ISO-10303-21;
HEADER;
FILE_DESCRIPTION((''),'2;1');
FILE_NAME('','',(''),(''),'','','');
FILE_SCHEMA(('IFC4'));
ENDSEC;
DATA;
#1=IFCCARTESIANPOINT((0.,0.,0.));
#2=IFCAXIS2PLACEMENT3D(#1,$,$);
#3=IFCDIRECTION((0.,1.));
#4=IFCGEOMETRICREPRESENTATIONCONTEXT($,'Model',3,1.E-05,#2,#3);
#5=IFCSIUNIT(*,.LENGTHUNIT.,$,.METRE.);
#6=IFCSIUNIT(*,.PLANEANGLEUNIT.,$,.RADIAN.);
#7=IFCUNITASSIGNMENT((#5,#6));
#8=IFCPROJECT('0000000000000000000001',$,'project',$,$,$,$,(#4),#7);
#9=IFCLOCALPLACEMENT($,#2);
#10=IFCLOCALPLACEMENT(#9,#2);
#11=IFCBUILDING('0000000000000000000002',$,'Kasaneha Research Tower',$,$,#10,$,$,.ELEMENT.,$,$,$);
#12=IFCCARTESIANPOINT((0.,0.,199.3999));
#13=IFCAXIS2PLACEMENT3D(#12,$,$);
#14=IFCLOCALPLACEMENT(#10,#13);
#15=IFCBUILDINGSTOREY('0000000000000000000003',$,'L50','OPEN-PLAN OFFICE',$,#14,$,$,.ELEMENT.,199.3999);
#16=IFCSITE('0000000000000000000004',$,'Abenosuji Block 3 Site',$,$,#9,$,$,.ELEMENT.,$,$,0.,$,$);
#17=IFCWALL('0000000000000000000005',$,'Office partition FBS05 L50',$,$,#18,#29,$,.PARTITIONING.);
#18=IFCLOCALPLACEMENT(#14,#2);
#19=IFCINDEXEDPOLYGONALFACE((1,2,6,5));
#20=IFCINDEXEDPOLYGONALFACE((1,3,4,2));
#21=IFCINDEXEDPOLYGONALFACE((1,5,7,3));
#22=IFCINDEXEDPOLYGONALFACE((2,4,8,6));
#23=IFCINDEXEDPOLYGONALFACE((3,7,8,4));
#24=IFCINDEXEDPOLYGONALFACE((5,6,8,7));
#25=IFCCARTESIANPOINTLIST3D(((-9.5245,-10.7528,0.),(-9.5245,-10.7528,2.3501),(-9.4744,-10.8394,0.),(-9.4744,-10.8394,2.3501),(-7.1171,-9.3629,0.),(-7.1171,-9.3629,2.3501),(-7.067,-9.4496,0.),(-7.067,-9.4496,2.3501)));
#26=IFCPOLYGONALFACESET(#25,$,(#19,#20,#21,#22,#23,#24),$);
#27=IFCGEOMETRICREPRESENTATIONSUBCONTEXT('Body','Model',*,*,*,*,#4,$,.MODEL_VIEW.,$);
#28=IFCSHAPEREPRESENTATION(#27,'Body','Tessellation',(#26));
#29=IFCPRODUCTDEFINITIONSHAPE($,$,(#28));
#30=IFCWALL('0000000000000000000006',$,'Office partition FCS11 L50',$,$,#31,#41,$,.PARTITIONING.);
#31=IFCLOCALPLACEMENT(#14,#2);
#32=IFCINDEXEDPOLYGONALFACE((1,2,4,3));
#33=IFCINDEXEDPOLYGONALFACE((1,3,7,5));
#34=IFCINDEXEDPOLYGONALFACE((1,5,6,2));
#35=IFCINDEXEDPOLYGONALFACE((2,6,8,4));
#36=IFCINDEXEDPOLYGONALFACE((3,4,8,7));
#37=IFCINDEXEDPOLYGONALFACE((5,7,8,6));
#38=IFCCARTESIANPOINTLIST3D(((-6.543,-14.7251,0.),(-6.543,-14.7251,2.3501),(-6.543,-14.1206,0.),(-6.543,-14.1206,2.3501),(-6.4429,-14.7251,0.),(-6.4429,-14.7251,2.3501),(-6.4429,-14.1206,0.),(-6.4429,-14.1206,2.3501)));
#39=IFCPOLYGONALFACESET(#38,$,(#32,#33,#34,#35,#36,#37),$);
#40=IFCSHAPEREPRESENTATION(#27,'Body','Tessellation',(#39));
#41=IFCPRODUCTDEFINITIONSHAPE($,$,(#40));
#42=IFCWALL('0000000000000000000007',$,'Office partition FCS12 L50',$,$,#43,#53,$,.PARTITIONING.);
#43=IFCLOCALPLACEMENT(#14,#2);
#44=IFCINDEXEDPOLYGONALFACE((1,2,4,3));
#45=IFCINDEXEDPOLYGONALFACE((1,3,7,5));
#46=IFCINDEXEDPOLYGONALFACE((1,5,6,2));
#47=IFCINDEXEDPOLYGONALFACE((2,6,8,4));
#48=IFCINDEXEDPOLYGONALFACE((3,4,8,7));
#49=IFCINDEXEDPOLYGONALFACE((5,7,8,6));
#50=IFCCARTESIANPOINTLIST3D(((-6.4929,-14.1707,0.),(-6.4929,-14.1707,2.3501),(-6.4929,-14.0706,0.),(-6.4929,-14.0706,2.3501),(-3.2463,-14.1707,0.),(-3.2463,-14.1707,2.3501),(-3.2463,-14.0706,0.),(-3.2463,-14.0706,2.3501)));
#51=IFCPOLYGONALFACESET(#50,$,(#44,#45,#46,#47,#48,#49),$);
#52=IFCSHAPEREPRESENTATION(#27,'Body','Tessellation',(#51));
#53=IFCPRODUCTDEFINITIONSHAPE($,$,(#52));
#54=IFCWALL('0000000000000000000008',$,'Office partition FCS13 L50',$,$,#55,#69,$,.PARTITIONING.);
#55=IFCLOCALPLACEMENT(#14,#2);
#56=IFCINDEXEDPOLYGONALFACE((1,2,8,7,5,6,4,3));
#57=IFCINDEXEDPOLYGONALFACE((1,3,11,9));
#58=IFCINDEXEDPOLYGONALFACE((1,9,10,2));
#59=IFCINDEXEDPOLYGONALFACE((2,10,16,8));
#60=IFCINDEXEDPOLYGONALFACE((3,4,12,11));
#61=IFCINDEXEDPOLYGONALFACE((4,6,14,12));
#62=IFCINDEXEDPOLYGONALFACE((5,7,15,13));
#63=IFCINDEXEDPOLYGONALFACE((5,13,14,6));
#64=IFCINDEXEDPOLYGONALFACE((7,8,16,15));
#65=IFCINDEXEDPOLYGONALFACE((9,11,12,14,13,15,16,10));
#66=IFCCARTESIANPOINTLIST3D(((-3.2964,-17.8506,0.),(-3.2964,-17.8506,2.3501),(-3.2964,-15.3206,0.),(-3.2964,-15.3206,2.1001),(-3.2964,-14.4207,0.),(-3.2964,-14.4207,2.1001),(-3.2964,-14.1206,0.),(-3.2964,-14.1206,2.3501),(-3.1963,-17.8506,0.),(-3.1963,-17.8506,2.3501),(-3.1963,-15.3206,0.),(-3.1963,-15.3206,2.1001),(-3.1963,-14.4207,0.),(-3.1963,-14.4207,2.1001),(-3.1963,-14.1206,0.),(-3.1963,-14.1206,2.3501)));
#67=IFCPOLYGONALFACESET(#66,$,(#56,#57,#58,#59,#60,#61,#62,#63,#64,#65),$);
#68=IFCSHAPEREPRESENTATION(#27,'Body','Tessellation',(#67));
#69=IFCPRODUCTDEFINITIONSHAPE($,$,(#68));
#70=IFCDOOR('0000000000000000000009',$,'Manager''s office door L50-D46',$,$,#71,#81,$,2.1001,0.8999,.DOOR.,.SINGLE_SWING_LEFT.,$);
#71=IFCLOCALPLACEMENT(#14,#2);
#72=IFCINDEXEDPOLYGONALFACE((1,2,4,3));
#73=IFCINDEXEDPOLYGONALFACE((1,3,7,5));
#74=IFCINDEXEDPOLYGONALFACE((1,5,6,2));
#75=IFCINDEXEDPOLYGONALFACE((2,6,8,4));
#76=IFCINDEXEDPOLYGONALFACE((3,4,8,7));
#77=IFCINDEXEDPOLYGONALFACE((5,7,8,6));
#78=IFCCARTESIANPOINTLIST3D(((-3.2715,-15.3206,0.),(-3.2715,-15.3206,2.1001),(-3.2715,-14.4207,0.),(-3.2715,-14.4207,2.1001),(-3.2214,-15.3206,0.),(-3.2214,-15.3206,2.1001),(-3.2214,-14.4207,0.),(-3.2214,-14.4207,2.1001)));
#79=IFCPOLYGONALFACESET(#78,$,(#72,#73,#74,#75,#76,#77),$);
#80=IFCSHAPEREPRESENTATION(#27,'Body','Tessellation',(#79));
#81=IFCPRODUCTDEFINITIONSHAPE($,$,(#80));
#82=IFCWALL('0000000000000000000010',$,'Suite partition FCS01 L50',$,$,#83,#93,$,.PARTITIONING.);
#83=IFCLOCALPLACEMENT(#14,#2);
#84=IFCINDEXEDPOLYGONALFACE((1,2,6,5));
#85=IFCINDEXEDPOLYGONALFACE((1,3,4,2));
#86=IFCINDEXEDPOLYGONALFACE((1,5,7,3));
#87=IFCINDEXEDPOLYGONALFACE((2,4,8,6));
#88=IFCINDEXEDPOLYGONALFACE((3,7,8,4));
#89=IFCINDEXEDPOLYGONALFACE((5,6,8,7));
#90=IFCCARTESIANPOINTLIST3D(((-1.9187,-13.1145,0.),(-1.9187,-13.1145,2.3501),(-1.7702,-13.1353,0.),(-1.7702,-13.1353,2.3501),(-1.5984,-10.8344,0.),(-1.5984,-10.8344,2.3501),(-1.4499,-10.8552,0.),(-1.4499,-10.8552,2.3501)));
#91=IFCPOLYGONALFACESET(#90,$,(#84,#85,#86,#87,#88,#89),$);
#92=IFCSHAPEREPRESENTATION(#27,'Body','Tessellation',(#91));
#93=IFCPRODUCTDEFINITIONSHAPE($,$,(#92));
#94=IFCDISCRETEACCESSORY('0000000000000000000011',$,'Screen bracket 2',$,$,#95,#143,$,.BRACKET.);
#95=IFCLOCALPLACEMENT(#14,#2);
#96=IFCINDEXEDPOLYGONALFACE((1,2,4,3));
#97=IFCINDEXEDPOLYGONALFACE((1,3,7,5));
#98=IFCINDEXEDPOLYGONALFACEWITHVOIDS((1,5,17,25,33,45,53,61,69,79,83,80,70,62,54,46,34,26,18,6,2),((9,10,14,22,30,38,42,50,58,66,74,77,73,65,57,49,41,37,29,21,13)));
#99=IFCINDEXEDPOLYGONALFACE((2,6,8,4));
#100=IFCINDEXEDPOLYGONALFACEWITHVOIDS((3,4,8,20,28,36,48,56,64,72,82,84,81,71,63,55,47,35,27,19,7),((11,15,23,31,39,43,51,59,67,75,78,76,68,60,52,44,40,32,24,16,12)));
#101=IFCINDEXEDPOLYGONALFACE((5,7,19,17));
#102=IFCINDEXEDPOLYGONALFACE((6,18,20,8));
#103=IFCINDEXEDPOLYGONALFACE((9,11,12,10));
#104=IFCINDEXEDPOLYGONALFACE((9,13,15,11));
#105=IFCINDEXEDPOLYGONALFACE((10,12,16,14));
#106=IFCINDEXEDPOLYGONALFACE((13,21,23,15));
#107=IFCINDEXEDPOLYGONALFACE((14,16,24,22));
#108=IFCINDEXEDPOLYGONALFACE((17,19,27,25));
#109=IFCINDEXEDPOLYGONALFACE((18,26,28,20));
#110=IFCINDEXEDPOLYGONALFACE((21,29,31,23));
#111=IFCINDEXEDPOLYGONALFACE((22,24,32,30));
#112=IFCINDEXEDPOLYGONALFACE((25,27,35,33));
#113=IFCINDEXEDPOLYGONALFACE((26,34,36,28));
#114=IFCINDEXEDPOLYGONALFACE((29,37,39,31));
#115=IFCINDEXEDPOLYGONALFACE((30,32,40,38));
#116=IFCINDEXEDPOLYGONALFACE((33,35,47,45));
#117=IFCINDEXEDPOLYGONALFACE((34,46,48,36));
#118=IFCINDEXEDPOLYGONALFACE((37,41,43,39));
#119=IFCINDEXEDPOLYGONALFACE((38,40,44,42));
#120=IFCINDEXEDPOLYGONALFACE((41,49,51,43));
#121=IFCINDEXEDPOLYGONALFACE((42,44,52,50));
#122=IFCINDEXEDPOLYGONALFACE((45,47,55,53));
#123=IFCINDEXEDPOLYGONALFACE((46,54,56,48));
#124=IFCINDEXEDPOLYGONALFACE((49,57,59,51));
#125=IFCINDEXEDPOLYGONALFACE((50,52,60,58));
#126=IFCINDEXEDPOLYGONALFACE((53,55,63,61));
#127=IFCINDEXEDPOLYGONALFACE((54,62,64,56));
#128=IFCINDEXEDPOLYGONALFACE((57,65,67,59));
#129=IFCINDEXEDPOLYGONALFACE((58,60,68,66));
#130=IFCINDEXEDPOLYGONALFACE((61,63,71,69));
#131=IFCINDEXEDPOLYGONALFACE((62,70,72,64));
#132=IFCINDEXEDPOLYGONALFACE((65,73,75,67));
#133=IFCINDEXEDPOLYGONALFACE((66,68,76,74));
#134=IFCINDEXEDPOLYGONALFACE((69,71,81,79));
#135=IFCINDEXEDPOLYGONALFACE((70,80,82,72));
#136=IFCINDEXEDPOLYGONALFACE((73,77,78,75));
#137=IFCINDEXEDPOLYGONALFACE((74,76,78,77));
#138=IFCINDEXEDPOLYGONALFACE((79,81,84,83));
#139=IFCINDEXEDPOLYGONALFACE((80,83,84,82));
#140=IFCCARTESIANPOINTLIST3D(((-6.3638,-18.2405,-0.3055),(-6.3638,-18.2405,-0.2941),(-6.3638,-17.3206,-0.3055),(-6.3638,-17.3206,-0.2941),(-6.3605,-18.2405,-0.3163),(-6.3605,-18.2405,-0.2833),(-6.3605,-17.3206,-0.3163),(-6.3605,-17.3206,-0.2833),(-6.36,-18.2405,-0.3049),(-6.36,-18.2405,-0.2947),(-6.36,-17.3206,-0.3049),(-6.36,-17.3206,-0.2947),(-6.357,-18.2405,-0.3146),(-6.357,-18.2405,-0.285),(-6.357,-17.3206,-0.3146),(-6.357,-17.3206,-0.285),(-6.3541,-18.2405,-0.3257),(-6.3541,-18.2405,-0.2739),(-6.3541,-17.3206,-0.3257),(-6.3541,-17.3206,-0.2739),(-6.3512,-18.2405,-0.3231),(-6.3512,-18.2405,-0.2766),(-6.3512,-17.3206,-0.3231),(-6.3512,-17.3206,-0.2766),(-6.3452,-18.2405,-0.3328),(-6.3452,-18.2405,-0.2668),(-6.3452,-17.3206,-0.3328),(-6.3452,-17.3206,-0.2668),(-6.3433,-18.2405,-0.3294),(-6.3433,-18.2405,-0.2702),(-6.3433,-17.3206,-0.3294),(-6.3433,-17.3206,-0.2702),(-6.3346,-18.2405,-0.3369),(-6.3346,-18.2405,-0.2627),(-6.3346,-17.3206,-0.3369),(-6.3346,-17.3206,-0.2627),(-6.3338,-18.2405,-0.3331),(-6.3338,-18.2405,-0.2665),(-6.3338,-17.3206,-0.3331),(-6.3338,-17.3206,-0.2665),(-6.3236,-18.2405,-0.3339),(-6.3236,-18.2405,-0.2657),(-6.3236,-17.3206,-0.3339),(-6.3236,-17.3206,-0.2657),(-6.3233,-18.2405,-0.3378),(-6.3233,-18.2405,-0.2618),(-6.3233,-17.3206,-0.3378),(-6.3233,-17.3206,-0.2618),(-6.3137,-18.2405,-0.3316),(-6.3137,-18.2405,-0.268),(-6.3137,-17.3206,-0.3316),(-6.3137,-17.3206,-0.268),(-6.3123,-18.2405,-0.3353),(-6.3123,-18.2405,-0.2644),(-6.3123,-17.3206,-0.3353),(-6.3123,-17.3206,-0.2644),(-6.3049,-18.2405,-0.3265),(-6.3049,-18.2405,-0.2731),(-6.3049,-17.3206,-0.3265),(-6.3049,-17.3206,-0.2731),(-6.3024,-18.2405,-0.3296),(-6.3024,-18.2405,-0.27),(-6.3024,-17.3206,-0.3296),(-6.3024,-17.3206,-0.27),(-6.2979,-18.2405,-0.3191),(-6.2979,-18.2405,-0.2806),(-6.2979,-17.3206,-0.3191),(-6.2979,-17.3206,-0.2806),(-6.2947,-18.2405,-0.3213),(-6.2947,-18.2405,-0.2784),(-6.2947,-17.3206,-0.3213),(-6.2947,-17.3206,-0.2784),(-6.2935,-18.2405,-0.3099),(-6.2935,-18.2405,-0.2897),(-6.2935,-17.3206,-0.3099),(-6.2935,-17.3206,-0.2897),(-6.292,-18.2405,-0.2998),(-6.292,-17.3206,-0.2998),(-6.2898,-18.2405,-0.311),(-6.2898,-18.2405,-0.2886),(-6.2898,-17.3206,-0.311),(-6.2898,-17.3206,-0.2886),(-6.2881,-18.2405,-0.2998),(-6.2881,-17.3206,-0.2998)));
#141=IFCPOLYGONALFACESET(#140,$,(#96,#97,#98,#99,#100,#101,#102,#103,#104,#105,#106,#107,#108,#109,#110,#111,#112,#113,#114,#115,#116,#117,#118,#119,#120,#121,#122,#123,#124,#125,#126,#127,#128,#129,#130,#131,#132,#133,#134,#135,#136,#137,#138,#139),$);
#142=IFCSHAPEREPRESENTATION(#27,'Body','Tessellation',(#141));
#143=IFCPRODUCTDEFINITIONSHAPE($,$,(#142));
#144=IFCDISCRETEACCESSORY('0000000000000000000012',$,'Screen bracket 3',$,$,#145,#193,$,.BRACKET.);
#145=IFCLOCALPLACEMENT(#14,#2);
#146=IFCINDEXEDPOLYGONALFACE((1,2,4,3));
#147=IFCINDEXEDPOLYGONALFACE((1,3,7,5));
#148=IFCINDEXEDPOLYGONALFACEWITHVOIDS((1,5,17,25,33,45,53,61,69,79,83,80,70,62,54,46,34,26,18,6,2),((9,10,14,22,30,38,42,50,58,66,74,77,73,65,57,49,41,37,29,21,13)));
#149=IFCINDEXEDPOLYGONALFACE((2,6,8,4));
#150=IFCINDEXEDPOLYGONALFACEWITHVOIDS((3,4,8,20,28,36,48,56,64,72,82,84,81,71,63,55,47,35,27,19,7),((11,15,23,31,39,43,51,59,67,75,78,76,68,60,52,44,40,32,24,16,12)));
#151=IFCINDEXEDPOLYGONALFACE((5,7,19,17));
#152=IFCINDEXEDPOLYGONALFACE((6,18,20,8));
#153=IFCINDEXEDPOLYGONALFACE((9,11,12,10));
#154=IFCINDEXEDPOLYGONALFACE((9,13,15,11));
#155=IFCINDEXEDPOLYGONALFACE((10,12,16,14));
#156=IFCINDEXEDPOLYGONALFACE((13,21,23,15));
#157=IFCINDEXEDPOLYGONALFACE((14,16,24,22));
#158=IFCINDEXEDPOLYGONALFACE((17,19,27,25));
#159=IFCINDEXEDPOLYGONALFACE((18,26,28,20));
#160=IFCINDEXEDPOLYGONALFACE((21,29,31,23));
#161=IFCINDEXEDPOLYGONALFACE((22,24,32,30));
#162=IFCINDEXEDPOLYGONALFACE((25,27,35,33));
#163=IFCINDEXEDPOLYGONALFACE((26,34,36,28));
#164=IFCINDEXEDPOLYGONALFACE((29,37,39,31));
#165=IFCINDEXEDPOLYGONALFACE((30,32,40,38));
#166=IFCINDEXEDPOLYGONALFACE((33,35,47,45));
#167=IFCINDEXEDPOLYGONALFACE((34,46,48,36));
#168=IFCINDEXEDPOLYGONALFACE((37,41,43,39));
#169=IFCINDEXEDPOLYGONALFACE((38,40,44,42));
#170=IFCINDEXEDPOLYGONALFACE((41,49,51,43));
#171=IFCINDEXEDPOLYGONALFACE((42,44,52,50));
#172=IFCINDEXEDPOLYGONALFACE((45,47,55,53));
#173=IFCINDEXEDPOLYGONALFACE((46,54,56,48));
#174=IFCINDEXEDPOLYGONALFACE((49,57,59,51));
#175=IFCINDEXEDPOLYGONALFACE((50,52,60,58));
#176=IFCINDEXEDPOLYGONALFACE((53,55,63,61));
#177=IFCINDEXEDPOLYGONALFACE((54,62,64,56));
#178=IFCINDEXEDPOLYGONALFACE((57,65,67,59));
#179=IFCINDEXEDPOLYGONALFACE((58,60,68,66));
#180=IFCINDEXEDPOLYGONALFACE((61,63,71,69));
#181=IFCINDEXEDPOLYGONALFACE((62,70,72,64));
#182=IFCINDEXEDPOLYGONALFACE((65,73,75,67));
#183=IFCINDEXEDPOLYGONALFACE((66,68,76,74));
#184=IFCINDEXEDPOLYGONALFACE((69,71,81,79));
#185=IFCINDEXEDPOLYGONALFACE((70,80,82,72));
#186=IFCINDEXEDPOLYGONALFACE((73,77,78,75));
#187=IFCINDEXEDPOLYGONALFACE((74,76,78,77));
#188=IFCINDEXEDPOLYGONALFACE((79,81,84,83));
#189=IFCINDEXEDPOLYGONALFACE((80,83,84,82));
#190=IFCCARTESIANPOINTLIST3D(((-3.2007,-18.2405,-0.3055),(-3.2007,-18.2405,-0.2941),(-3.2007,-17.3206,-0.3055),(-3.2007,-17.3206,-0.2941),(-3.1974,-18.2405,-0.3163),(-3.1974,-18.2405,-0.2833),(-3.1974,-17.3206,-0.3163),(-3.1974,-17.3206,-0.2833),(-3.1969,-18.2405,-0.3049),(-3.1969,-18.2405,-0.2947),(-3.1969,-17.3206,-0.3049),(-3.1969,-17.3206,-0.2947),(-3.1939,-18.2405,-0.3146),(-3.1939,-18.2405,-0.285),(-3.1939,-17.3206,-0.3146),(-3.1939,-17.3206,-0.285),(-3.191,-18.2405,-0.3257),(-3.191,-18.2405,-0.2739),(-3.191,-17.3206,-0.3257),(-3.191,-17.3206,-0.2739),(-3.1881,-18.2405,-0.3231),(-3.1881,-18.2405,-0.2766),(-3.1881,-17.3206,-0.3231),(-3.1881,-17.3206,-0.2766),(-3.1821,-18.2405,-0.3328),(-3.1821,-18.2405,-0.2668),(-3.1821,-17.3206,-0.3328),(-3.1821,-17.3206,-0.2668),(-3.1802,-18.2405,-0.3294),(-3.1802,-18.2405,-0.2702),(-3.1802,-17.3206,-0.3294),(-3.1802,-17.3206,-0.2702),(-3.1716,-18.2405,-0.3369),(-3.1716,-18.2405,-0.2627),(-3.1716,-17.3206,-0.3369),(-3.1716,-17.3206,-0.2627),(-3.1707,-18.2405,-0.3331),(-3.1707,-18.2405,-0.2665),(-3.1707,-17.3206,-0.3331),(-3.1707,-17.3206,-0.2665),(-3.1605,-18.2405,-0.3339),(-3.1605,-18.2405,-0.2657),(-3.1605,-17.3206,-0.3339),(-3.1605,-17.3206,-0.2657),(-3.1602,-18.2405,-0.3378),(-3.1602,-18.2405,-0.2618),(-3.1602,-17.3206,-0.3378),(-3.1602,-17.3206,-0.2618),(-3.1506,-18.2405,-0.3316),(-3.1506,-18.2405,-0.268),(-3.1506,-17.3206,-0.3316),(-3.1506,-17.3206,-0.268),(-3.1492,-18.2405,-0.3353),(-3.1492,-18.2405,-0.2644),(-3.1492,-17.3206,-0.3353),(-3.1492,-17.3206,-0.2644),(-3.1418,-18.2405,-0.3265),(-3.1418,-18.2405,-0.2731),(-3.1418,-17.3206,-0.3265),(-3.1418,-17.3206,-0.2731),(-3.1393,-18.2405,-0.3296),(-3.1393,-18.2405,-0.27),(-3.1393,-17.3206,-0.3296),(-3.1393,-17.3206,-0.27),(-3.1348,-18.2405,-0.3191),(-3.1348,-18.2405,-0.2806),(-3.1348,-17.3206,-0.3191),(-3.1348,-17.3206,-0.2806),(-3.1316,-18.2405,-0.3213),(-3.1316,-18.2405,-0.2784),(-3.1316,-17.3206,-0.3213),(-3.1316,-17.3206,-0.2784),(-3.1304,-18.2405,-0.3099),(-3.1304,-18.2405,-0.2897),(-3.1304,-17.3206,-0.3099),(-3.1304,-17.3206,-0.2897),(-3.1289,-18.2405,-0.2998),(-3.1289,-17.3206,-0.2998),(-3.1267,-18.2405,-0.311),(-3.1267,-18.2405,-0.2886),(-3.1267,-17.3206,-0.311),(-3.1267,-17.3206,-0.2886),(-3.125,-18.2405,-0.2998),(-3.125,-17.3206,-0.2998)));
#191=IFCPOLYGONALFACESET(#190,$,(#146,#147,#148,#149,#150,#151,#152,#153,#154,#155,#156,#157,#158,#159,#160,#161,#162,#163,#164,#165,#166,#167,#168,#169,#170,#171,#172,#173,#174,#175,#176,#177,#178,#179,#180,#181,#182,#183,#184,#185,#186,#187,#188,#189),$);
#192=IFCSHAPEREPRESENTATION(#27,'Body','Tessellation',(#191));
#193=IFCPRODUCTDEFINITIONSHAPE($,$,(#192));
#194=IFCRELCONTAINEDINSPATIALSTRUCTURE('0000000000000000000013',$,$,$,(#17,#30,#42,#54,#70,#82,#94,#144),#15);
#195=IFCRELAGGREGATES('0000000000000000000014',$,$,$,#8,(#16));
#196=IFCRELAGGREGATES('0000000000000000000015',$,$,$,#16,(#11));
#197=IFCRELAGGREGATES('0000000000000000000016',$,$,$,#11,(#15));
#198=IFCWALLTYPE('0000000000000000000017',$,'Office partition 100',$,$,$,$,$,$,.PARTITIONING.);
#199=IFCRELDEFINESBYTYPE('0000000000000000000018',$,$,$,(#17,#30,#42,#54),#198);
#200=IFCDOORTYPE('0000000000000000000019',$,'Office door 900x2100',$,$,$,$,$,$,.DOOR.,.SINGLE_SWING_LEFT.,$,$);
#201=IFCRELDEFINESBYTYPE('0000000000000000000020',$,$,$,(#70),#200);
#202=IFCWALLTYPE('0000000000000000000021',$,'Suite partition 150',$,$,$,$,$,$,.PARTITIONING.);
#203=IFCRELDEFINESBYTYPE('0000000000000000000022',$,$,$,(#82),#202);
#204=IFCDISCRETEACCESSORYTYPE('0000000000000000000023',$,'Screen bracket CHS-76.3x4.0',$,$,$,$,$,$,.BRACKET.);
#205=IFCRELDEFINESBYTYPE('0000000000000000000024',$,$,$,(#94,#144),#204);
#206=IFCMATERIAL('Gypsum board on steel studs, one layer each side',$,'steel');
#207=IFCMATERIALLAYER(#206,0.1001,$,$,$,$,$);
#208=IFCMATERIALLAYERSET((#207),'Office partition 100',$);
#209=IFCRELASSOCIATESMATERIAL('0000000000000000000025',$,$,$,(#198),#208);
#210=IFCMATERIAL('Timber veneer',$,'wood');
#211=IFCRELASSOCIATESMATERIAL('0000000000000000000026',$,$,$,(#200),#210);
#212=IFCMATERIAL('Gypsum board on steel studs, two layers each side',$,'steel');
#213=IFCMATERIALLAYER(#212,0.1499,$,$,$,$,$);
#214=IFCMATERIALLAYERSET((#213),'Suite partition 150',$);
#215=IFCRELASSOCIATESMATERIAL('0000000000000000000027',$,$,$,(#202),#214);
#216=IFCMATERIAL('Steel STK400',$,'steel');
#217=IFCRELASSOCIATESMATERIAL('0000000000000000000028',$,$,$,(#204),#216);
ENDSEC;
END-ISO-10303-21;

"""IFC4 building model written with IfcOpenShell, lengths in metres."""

from ifc_helpers import new_model, si_unit, direction, frame, frame_2d, origin, origin_2d, place, context, subcontext, project, spatial, rectangle, hollow_circle, extrude, material, layer, layer_set, material_profile, profile_set, type_object, element, fill, save


model = new_model("IFC4")

# Units and contexts
model_context = context("Model", 3, precision=1e-05, world=origin(), true_north=direction((0.0, 1.0)))
body_context = subcontext(model_context, "Body", "Model", "MODEL_VIEW")
ifc_project = project(units=[si_unit("LENGTHUNIT", "METRE"), si_unit("PLANEANGLEUNIT", "RADIAN")], contexts=[model_context])

# Site, building, storey
site_placement = place(None, origin())
site = spatial("IfcSite", under=ifc_project, at=site_placement, Name="Abenosuji Block 3 Site", CompositionType="ELEMENT", RefElevation=0.0)
building_placement = place(site_placement, origin())
building = spatial("IfcBuilding", under=site, at=building_placement, Name="Kasaneha Research Tower", CompositionType="ELEMENT")
storey_placement = place(building_placement, frame((0.0, 0.0, 199.3999)))
storey = spatial("IfcBuildingStorey", under=building, at=storey_placement, Name="L50", Description="OPEN-PLAN OFFICE", CompositionType="ELEMENT", Elevation=199.3999)

# Walls
ifc_material_1 = material(Name="Gypsum board on steel studs, one layer each side", Category="steel")
ifc_layer_1 = layer(ifc_material_1, 0.1001)
ifc_layer_set_1 = layer_set([ifc_layer_1], Name="Office partition 100")
wall_type_1 = type_object("IfcWallType", Name="Office partition 100", PredefinedType="PARTITIONING", material=ifc_layer_set_1)
wall_1_placement = place(storey_placement, frame((-7.092, -9.4062, 0.0), z_axis=(0.0, 0.0, 1.0), x_axis=(-0.866035, -0.499983, 0.0)))
element("IfcWall", 1, at=wall_1_placement, inside=storey, type_object=wall_type_1, Name="Office partition FBS05 L50", PredefinedType="PARTITIONING", context=body_context, shape_type="SweptSolid", body=[
    extrude(rectangle(XDim=2.7798, YDim=0.1001, at=frame_2d((1.3899, 0.0))), origin(), (0.0, 0.0, 1.0), 2.3501),
])
wall_2_placement = place(storey_placement, frame((-6.4929, -14.7251, 0.0), z_axis=(0.0, 0.0, 1.0), x_axis=(0.0, 1.0, 0.0)))
element("IfcWall", 2, at=wall_2_placement, inside=storey, type_object=wall_type_1, Name="Office partition FCS11 L50", PredefinedType="PARTITIONING", context=body_context, shape_type="SweptSolid", body=[
    extrude(rectangle(XDim=0.6045, YDim=0.1001, at=frame_2d((0.3022, 0.0))), origin(), (0.0, 0.0, 1.0), 2.3501),
])
wall_3_placement = place(storey_placement, frame((-6.4929, -14.1206, 0.0), z_axis=(0.0, 0.0, 1.0), x_axis=(1.0, 0.0, 0.0)))
element("IfcWall", 3, at=wall_3_placement, inside=storey, type_object=wall_type_1, Name="Office partition FCS12 L50", PredefinedType="PARTITIONING", context=body_context, shape_type="SweptSolid", body=[
    extrude(rectangle(XDim=3.2466, YDim=0.1001, at=frame_2d((1.6233, 0.0))), origin(), (0.0, 0.0, 1.0), 2.3501),
])

# Wall, opening, door
wall_4_placement = place(storey_placement, frame((-3.2463, -14.1206, 0.0), z_axis=(0.0, 0.0, 1.0), x_axis=(0.0, -1.0, 0.0)))
wall_4 = element("IfcWall", 4, at=wall_4_placement, inside=storey, type_object=wall_type_1, Name="Office partition FCS13 L50", PredefinedType="PARTITIONING", context=body_context, shape_type="SweptSolid", body=[
    extrude(rectangle(XDim=3.73, YDim=0.1001, at=frame_2d((1.865, 0.0))), origin(), (0.0, 0.0, 1.0), 2.3501),
])
opening_1_placement = place(wall_4_placement, frame((0.3, 0.0, 0.0)))
opening_1 = element("IfcOpeningElement", 5, at=opening_1_placement, cuts=wall_4, PredefinedType="OPENING", context=body_context, shape_type="SweptSolid", body=[
    extrude(rectangle(XDim=0.8999, YDim=2.1001, at=frame_2d((0.45, 1.05))), frame((0.0, 0.0601, 0.0), z_axis=(0.0, -1.0, 0.0), x_axis=(1.0, 0.0, 0.0)), (0.0, 0.0, 1.0), 0.1201),
])
ifc_material_2 = material(Name="Timber veneer", Category="wood")
door_type_1 = type_object("IfcDoorType", Name="Office door 900x2100", OperationType="SINGLE_SWING_LEFT", PredefinedType="DOOR", material=ifc_material_2)
door_1_placement = place(opening_1_placement, origin())
door_1 = element("IfcDoor", 6, at=door_1_placement, inside=storey, type_object=door_type_1, Name="Manager's office door L50-D46", OperationType="SINGLE_SWING_LEFT", OverallHeight=2.1001, OverallWidth=0.8999, PredefinedType="DOOR", context=body_context, shape_type="SweptSolid", body=[
    extrude(rectangle(XDim=0.8999, YDim=2.1001, at=frame_2d((0.45, 1.05))), frame((0.0, 0.0249, 0.0), z_axis=(0.0, -1.0, 0.0), x_axis=(1.0, 0.0, 0.0)), (0.0, 0.0, 1.0), 0.05),
])
fill(opening_1, door_1)

# Wall
ifc_material_3 = material(Name="Gypsum board on steel studs, two layers each side", Category="steel")
ifc_layer_2 = layer(ifc_material_3, 0.1499)
ifc_layer_set_2 = layer_set([ifc_layer_2], Name="Suite partition 150")
wall_type_2 = type_object("IfcWallType", Name="Suite partition 150", PredefinedType="PARTITIONING", material=ifc_layer_set_2)
wall_5_placement = place(storey_placement, frame((-1.8445, -13.125, 0.0), z_axis=(0.0, 0.0, 1.0), x_axis=(0.13912, 0.990276, 0.0)))
element("IfcWall", 7, at=wall_5_placement, inside=storey, type_object=wall_type_2, Name="Suite partition FCS01 L50", PredefinedType="PARTITIONING", context=body_context, shape_type="SweptSolid", body=[
    extrude(rectangle(XDim=2.3025, YDim=0.1499, at=frame_2d((1.1514, 0.0))), origin(), (0.0, 0.0, 1.0), 2.3501),
])

# Discrete accessories
ifc_material_4 = material(Name="Steel STK400", Category="steel")
ifc_material_profile_1 = material_profile(ifc_material_4, hollow_circle(Radius=0.0381, WallThickness=0.0039, at=origin_2d()), Name="CHS-76.3x4.0")
ifc_profile_set_1 = profile_set([ifc_material_profile_1], Name="Steel STK400")
discrete_accessory_type = type_object("IfcDiscreteAccessoryType", Name="Screen bracket CHS-76.3x4.0", PredefinedType="BRACKET", material=ifc_profile_set_1)
for number, where, z_axis, x_axis, name in (
    (8, (-6.3262, -17.3206, -0.2998), (0.0, -1.0, 0.0), (1.0, 0.0, 0.0), "Screen bracket 2"),
    (9, (-3.1631, -17.3206, -0.2998), (0.0, -1.0, 0.0), (1.0, 0.0, 0.0), "Screen bracket 3"),
):
    element("IfcDiscreteAccessory", number, at=place(storey_placement, frame(where, z_axis=z_axis, x_axis=x_axis)), inside=storey, type_object=discrete_accessory_type, Name=name, PredefinedType="BRACKET", context=body_context, shape_type="SweptSolid", body=[
        extrude(hollow_circle(Radius=0.0381, WallThickness=0.0039, at=origin_2d()), origin(), (0.0, 0.0, 1.0), 0.9199),
    ])

save(model, "model.ifc")
